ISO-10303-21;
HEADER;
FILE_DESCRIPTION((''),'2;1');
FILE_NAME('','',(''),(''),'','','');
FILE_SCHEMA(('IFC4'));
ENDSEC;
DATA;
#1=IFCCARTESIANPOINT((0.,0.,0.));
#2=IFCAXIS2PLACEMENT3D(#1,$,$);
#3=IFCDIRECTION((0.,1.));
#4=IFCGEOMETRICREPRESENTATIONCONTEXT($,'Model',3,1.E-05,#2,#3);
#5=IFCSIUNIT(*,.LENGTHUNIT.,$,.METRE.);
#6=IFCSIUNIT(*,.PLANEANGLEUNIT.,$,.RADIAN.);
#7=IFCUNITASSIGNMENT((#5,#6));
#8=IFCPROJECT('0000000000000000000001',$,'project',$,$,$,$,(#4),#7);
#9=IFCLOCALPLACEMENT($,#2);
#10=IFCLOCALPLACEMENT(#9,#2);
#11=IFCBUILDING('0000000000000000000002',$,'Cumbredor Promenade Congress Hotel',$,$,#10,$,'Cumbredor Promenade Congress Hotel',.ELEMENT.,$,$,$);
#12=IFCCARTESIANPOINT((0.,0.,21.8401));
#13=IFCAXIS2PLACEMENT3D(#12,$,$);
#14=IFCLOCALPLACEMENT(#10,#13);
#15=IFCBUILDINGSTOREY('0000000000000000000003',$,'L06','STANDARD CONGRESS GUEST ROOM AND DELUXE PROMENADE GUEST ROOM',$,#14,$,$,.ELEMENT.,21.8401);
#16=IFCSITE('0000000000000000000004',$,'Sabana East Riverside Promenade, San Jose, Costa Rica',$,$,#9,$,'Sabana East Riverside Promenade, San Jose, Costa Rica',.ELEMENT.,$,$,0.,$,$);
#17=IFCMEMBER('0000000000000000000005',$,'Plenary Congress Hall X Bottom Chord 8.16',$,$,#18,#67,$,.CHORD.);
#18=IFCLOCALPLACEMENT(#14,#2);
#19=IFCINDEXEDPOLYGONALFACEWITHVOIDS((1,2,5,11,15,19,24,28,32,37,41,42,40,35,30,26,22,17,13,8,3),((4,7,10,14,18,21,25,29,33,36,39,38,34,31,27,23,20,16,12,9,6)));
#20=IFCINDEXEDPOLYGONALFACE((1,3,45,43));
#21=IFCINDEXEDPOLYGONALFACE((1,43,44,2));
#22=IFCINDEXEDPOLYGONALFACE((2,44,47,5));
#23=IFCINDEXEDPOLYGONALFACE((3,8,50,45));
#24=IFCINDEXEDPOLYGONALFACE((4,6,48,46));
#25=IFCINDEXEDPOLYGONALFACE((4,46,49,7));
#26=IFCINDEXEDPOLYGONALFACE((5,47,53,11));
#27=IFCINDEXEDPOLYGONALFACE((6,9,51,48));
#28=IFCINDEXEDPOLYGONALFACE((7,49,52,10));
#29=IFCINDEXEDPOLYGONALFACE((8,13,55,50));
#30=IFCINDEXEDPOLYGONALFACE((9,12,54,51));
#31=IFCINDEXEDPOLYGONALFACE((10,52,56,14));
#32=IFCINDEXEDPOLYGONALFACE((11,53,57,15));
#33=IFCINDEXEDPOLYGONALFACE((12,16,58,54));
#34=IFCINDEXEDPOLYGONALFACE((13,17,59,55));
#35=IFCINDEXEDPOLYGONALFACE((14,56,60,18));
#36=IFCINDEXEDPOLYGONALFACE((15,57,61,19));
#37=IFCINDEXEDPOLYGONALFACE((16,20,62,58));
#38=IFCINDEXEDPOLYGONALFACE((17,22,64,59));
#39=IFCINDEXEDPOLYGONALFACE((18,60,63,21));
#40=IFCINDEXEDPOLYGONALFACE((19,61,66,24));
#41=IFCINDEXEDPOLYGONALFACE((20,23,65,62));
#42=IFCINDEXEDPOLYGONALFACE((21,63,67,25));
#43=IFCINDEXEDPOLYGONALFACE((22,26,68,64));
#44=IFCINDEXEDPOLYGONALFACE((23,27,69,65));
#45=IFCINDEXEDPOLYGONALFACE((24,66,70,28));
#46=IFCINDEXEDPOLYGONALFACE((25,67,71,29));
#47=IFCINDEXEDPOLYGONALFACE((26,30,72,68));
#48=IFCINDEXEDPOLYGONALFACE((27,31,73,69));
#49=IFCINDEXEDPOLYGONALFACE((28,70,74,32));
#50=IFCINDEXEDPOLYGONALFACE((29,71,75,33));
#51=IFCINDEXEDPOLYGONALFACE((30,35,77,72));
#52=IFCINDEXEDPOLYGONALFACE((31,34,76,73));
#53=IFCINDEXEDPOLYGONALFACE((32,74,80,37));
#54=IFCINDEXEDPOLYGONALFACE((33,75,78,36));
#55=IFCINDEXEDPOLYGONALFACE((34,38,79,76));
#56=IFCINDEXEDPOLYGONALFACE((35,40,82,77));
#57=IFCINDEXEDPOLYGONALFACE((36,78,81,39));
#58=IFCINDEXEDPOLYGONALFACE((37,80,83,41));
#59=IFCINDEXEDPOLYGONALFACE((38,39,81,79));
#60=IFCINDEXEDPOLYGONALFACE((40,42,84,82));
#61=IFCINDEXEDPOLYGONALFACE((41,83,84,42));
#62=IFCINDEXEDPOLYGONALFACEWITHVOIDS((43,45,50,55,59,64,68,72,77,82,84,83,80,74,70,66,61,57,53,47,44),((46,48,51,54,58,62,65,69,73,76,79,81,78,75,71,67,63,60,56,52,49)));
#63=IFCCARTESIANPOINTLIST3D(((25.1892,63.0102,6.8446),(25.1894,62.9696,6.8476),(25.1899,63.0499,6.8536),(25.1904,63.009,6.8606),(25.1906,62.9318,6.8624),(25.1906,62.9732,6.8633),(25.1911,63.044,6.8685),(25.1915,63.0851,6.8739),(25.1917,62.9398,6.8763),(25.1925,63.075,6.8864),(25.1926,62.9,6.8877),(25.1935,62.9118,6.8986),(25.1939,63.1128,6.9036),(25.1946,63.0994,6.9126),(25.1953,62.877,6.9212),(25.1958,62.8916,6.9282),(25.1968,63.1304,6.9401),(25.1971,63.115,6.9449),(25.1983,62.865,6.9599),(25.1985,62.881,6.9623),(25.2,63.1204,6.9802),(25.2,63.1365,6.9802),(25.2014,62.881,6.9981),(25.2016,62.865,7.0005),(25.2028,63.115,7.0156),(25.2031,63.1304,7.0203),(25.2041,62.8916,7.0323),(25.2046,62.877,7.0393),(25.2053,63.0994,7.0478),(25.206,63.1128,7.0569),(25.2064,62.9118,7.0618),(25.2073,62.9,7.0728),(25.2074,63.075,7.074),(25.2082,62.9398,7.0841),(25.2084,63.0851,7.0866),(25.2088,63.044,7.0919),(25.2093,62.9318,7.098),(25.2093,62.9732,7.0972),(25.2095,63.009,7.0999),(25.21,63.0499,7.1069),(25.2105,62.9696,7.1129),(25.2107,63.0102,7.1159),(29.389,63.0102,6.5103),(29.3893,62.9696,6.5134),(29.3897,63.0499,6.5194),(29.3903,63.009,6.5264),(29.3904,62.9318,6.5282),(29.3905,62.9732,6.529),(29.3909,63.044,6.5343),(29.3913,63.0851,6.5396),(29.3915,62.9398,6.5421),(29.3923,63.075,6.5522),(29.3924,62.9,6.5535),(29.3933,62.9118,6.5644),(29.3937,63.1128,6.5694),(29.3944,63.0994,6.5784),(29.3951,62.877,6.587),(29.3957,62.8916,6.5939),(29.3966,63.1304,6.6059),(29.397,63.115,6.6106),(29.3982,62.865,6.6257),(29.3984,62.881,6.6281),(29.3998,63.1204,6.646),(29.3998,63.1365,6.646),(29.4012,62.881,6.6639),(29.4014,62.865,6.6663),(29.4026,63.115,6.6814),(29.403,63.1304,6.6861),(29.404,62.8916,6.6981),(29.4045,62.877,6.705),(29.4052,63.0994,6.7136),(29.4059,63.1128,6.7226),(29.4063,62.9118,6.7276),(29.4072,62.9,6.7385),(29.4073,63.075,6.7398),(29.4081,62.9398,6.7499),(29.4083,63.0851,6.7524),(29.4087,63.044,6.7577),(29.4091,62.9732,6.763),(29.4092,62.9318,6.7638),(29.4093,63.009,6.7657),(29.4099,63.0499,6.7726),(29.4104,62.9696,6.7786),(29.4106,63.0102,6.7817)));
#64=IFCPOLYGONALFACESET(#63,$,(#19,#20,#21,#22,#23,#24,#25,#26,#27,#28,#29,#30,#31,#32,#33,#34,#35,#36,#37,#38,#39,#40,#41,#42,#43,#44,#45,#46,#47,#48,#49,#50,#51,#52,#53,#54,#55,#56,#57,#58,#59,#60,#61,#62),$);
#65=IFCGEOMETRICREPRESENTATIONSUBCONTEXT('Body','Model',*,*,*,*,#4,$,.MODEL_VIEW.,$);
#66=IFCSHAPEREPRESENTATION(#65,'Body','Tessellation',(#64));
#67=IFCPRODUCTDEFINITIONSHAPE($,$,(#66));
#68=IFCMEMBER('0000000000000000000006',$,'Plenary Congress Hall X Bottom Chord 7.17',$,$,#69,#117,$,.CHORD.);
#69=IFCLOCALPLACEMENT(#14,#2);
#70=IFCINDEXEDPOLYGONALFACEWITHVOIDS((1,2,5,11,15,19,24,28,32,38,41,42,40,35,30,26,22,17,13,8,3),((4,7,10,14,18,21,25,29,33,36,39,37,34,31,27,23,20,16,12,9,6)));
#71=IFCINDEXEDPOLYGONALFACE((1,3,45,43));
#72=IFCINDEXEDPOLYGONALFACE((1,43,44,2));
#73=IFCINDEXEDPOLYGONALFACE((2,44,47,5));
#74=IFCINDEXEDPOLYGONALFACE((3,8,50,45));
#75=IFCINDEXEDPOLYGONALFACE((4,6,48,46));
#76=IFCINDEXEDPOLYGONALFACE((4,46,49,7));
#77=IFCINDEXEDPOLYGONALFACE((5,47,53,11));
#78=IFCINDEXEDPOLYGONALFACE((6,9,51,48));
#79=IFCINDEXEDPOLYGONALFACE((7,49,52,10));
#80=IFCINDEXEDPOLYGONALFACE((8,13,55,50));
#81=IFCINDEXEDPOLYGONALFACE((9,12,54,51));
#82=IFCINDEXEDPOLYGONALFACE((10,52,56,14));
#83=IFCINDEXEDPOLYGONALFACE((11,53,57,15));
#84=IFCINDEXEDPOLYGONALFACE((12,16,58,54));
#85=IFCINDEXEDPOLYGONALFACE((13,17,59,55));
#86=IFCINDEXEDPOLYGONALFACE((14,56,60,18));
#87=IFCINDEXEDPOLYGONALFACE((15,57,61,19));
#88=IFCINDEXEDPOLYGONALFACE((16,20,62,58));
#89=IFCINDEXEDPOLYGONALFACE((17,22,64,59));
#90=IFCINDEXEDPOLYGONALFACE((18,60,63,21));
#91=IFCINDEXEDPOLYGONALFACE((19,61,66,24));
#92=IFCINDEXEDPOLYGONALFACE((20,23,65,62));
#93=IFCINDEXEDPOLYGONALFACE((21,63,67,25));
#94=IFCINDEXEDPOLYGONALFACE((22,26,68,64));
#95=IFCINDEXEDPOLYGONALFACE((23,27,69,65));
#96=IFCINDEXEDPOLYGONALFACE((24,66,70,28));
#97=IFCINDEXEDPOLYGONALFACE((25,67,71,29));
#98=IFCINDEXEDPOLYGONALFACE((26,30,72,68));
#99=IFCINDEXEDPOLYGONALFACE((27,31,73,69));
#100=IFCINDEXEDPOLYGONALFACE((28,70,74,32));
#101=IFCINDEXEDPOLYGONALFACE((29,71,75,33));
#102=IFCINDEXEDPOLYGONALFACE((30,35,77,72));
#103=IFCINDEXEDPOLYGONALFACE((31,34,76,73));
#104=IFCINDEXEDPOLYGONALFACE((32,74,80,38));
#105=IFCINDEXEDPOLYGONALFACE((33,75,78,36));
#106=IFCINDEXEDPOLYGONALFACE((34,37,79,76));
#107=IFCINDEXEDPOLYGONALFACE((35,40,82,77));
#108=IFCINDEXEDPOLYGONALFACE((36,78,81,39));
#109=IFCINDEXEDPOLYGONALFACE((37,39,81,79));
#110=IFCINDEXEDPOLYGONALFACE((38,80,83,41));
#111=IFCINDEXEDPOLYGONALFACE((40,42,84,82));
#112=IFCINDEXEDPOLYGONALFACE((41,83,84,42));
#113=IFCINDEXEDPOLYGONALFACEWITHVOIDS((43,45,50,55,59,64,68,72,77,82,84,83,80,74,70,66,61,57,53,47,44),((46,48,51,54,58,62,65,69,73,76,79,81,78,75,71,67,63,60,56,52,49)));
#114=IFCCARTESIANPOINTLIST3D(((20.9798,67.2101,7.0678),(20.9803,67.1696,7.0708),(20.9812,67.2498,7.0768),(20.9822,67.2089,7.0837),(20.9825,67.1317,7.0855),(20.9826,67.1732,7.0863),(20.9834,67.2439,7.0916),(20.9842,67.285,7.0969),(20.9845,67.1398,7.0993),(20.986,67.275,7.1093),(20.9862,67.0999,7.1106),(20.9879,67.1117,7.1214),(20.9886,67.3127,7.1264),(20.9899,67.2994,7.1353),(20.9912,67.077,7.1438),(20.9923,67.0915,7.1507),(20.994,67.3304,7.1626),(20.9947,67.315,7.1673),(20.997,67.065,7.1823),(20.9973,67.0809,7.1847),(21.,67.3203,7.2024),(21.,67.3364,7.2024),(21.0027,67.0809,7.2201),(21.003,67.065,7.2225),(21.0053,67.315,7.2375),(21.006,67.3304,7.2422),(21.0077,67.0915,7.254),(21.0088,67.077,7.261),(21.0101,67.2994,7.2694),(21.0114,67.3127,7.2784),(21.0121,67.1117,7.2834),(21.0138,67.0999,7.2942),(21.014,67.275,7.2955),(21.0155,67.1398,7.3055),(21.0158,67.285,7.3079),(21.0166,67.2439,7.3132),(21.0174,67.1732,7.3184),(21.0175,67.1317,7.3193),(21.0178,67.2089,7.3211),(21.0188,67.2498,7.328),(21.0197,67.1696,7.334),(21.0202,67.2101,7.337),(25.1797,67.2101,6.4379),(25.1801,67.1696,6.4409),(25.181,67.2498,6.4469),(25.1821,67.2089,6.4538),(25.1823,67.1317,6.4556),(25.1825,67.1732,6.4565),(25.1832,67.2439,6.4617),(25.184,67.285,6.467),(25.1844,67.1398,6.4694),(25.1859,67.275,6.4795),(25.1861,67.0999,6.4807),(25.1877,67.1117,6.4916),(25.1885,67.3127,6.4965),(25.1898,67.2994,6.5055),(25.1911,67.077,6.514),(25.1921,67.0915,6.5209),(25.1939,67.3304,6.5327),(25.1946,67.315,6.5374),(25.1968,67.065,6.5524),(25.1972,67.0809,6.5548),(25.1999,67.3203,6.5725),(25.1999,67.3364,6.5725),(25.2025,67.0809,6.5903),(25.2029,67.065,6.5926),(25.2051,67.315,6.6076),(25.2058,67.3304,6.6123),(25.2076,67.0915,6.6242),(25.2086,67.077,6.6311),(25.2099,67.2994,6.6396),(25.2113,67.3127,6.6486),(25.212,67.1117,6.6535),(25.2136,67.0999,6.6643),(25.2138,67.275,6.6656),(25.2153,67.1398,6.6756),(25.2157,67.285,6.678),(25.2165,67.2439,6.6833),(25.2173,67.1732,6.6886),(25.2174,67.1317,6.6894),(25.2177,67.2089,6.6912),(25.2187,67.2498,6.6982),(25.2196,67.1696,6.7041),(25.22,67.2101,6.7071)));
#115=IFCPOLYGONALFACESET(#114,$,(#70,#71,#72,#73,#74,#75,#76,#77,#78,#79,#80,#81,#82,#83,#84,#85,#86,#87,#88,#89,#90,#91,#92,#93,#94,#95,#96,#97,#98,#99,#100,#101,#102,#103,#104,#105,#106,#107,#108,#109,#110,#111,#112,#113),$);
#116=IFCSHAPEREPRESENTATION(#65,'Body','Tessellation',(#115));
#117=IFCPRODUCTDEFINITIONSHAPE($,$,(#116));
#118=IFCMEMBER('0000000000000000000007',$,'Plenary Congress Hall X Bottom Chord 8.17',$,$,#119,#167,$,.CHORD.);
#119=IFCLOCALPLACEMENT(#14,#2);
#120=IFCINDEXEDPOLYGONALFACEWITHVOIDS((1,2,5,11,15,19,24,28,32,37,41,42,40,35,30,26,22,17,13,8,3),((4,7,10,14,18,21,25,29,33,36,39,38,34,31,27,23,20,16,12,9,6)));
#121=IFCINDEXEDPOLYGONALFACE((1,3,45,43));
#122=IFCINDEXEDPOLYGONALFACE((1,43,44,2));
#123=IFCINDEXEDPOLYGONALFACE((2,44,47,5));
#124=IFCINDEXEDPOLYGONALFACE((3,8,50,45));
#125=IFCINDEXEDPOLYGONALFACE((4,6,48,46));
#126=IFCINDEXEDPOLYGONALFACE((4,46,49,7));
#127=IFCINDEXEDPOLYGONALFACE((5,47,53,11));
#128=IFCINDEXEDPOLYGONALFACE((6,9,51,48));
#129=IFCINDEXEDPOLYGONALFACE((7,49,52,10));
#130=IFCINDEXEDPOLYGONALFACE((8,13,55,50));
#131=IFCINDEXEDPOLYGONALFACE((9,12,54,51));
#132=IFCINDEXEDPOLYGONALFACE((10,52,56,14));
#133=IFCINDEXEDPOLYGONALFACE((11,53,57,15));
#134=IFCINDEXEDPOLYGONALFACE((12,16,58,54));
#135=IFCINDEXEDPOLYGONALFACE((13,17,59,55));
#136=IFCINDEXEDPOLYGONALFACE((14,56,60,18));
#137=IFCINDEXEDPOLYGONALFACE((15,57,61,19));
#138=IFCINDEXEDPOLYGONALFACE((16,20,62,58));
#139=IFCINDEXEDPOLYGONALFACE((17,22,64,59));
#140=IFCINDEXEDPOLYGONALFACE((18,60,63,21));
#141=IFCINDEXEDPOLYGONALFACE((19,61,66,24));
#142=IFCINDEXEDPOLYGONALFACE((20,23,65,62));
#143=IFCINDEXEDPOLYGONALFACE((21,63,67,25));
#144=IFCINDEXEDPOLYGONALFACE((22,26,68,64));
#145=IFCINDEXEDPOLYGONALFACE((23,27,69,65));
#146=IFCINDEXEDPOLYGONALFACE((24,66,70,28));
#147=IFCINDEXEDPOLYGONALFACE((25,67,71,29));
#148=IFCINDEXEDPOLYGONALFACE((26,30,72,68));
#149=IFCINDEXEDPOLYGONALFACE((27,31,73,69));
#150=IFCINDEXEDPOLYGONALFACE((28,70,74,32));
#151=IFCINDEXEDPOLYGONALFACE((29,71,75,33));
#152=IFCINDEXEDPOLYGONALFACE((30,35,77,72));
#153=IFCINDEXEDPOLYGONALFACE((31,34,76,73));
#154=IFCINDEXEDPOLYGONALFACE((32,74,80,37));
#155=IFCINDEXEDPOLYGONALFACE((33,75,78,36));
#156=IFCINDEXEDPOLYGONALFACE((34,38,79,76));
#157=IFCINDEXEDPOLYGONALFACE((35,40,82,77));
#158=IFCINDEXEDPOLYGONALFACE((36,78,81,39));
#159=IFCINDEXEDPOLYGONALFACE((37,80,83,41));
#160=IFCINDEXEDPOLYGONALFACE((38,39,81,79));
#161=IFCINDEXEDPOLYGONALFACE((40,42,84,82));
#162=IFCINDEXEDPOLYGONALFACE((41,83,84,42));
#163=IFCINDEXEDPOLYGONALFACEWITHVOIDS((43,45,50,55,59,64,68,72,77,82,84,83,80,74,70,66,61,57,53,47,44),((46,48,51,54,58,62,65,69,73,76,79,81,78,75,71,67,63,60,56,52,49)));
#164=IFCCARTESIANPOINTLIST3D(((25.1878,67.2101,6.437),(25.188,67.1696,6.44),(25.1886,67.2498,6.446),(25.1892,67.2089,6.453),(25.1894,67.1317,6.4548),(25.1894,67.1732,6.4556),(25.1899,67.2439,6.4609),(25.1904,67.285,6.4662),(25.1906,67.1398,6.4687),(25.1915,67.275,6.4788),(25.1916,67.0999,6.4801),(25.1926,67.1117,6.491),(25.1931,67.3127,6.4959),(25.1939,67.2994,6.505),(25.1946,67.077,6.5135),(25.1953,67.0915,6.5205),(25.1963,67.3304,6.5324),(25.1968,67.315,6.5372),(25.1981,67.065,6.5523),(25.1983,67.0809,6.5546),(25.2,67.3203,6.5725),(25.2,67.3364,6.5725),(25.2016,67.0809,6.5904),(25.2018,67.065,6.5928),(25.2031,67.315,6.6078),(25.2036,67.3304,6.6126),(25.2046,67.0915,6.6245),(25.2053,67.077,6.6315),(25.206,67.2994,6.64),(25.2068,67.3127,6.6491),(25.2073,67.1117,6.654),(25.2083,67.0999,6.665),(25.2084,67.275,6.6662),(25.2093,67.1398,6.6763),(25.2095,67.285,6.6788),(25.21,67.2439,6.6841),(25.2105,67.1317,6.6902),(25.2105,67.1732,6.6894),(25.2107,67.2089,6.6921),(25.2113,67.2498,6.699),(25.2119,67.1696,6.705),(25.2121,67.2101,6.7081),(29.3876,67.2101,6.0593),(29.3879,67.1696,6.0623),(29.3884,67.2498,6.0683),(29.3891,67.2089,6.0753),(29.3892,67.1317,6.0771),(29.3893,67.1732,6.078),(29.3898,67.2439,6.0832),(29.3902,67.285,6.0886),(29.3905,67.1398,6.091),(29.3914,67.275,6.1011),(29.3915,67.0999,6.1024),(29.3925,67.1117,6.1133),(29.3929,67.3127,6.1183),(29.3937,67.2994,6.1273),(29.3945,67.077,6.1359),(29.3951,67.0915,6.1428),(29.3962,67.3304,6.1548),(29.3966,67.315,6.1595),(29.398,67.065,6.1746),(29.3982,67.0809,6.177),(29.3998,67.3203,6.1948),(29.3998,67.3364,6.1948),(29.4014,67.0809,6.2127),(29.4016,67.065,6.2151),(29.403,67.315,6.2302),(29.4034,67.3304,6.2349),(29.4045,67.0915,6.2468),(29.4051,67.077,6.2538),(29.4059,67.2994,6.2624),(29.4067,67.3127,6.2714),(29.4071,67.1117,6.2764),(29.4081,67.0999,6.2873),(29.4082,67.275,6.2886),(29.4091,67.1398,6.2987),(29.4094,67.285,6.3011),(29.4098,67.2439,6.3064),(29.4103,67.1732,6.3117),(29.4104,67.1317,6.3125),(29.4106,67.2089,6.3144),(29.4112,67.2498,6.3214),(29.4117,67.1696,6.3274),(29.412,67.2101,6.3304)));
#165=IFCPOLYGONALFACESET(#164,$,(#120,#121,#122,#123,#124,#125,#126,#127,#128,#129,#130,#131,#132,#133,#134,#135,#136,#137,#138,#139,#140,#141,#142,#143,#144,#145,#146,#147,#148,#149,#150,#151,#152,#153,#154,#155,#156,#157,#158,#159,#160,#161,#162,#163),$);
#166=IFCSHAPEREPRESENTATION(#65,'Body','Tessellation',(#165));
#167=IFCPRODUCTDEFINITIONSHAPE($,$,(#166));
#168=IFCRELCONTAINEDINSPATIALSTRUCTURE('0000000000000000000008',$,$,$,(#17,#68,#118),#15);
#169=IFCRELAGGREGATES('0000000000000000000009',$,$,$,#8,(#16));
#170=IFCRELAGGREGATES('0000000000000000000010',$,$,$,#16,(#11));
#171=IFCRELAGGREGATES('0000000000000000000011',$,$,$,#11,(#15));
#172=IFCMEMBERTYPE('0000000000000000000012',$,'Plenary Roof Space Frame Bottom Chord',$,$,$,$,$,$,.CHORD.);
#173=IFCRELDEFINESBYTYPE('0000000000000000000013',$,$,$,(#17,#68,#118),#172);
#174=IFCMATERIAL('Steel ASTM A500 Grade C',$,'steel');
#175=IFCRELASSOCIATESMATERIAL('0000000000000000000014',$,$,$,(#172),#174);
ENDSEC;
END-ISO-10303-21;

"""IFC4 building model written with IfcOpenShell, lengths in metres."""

from ifc_helpers import new_model, si_unit, direction, frame, origin, origin_2d, place, context, subcontext, project, spatial, hollow_circle, extrude, material, material_profile, profile_set, type_object, element, save


model = new_model("IFC4")

# Units and contexts
model_context = context("Model", 3, precision=1e-05, world=origin(), true_north=direction((0.0, 1.0)))
body_context = subcontext(model_context, "Body", "Model", "MODEL_VIEW")
ifc_project = project(units=[si_unit("LENGTHUNIT", "METRE"), si_unit("PLANEANGLEUNIT", "RADIAN")], contexts=[model_context])

# Site, building, storey
site_placement = place(None, origin())
site = spatial("IfcSite", under=ifc_project, at=site_placement, Name="Sabana East Riverside Promenade, San Jose, Costa Rica", LongName="Sabana East Riverside Promenade, San Jose, Costa Rica", CompositionType="ELEMENT", RefElevation=0.0)
building_placement = place(site_placement, origin())
building = spatial("IfcBuilding", under=site, at=building_placement, Name="Cumbredor Promenade Congress Hotel", LongName="Cumbredor Promenade Congress Hotel", CompositionType="ELEMENT")
storey_placement = place(building_placement, frame((0.0, 0.0, 21.8401)))
storey = spatial("IfcBuildingStorey", under=building, at=storey_placement, Name="L06", Description="STANDARD CONGRESS GUEST ROOM AND DELUXE PROMENADE GUEST ROOM", CompositionType="ELEMENT", Elevation=21.8401)

# Members
ifc_material_1 = material(Name="Steel ASTM A500 Grade C", Category="steel")
ifc_material_profile_1 = material_profile(ifc_material_1, hollow_circle(Radius=0.1365, WallThickness=0.0161, at=origin_2d()), Name="CHS 273.0x16")
ifc_profile_set_1 = profile_set([ifc_material_profile_1], Name="Steel ASTM A500 Grade C")
member_type_1 = type_object("IfcMemberType", Name="Plenary Roof Space Frame Bottom Chord", PredefinedType="CHORD", material=ifc_profile_set_1)
member_1_placement = place(storey_placement, frame((25.2, 63.0, 6.9802), z_axis=(0.996849, 0.0, -0.079328), x_axis=(0.0, 1.0, 0.0)))
element("IfcMember", 1, at=member_1_placement, inside=storey, type_object=member_type_1, Name="Plenary Congress Hall X Bottom Chord 8.16", PredefinedType="CHORD", context=body_context, shape_type="SweptSolid", body=[
    extrude(hollow_circle(Radius=0.1365, WallThickness=0.0161, at=origin_2d()), origin(), (0.0, 0.0, 1.0), 4.2131),
])
member_2_placement = place(storey_placement, frame((21.0, 67.2, 7.2024), z_axis=(0.98894, 0.0, -0.148315), x_axis=(0.0, 1.0, 0.0)))
element("IfcMember", 2, at=member_2_placement, inside=storey, type_object=member_type_1, Name="Plenary Congress Hall X Bottom Chord 7.17", PredefinedType="CHORD", context=body_context, shape_type="SweptSolid", body=[
    extrude(hollow_circle(Radius=0.1365, WallThickness=0.0161, at=origin_2d()), origin(), (0.0, 0.0, 1.0), 4.2468),
])
member_3_placement = place(storey_placement, frame((25.2, 67.2, 6.5725), z_axis=(0.995981, 0.0, -0.089565), x_axis=(0.0, 1.0, 0.0)))
element("IfcMember", 3, at=member_3_placement, inside=storey, type_object=member_type_1, Name="Plenary Congress Hall X Bottom Chord 8.17", PredefinedType="CHORD", context=body_context, shape_type="SweptSolid", body=[
    extrude(hollow_circle(Radius=0.1365, WallThickness=0.0161, at=origin_2d()), origin(), (0.0, 0.0, 1.0), 4.2168),
])

save(model, "model.ifc")
